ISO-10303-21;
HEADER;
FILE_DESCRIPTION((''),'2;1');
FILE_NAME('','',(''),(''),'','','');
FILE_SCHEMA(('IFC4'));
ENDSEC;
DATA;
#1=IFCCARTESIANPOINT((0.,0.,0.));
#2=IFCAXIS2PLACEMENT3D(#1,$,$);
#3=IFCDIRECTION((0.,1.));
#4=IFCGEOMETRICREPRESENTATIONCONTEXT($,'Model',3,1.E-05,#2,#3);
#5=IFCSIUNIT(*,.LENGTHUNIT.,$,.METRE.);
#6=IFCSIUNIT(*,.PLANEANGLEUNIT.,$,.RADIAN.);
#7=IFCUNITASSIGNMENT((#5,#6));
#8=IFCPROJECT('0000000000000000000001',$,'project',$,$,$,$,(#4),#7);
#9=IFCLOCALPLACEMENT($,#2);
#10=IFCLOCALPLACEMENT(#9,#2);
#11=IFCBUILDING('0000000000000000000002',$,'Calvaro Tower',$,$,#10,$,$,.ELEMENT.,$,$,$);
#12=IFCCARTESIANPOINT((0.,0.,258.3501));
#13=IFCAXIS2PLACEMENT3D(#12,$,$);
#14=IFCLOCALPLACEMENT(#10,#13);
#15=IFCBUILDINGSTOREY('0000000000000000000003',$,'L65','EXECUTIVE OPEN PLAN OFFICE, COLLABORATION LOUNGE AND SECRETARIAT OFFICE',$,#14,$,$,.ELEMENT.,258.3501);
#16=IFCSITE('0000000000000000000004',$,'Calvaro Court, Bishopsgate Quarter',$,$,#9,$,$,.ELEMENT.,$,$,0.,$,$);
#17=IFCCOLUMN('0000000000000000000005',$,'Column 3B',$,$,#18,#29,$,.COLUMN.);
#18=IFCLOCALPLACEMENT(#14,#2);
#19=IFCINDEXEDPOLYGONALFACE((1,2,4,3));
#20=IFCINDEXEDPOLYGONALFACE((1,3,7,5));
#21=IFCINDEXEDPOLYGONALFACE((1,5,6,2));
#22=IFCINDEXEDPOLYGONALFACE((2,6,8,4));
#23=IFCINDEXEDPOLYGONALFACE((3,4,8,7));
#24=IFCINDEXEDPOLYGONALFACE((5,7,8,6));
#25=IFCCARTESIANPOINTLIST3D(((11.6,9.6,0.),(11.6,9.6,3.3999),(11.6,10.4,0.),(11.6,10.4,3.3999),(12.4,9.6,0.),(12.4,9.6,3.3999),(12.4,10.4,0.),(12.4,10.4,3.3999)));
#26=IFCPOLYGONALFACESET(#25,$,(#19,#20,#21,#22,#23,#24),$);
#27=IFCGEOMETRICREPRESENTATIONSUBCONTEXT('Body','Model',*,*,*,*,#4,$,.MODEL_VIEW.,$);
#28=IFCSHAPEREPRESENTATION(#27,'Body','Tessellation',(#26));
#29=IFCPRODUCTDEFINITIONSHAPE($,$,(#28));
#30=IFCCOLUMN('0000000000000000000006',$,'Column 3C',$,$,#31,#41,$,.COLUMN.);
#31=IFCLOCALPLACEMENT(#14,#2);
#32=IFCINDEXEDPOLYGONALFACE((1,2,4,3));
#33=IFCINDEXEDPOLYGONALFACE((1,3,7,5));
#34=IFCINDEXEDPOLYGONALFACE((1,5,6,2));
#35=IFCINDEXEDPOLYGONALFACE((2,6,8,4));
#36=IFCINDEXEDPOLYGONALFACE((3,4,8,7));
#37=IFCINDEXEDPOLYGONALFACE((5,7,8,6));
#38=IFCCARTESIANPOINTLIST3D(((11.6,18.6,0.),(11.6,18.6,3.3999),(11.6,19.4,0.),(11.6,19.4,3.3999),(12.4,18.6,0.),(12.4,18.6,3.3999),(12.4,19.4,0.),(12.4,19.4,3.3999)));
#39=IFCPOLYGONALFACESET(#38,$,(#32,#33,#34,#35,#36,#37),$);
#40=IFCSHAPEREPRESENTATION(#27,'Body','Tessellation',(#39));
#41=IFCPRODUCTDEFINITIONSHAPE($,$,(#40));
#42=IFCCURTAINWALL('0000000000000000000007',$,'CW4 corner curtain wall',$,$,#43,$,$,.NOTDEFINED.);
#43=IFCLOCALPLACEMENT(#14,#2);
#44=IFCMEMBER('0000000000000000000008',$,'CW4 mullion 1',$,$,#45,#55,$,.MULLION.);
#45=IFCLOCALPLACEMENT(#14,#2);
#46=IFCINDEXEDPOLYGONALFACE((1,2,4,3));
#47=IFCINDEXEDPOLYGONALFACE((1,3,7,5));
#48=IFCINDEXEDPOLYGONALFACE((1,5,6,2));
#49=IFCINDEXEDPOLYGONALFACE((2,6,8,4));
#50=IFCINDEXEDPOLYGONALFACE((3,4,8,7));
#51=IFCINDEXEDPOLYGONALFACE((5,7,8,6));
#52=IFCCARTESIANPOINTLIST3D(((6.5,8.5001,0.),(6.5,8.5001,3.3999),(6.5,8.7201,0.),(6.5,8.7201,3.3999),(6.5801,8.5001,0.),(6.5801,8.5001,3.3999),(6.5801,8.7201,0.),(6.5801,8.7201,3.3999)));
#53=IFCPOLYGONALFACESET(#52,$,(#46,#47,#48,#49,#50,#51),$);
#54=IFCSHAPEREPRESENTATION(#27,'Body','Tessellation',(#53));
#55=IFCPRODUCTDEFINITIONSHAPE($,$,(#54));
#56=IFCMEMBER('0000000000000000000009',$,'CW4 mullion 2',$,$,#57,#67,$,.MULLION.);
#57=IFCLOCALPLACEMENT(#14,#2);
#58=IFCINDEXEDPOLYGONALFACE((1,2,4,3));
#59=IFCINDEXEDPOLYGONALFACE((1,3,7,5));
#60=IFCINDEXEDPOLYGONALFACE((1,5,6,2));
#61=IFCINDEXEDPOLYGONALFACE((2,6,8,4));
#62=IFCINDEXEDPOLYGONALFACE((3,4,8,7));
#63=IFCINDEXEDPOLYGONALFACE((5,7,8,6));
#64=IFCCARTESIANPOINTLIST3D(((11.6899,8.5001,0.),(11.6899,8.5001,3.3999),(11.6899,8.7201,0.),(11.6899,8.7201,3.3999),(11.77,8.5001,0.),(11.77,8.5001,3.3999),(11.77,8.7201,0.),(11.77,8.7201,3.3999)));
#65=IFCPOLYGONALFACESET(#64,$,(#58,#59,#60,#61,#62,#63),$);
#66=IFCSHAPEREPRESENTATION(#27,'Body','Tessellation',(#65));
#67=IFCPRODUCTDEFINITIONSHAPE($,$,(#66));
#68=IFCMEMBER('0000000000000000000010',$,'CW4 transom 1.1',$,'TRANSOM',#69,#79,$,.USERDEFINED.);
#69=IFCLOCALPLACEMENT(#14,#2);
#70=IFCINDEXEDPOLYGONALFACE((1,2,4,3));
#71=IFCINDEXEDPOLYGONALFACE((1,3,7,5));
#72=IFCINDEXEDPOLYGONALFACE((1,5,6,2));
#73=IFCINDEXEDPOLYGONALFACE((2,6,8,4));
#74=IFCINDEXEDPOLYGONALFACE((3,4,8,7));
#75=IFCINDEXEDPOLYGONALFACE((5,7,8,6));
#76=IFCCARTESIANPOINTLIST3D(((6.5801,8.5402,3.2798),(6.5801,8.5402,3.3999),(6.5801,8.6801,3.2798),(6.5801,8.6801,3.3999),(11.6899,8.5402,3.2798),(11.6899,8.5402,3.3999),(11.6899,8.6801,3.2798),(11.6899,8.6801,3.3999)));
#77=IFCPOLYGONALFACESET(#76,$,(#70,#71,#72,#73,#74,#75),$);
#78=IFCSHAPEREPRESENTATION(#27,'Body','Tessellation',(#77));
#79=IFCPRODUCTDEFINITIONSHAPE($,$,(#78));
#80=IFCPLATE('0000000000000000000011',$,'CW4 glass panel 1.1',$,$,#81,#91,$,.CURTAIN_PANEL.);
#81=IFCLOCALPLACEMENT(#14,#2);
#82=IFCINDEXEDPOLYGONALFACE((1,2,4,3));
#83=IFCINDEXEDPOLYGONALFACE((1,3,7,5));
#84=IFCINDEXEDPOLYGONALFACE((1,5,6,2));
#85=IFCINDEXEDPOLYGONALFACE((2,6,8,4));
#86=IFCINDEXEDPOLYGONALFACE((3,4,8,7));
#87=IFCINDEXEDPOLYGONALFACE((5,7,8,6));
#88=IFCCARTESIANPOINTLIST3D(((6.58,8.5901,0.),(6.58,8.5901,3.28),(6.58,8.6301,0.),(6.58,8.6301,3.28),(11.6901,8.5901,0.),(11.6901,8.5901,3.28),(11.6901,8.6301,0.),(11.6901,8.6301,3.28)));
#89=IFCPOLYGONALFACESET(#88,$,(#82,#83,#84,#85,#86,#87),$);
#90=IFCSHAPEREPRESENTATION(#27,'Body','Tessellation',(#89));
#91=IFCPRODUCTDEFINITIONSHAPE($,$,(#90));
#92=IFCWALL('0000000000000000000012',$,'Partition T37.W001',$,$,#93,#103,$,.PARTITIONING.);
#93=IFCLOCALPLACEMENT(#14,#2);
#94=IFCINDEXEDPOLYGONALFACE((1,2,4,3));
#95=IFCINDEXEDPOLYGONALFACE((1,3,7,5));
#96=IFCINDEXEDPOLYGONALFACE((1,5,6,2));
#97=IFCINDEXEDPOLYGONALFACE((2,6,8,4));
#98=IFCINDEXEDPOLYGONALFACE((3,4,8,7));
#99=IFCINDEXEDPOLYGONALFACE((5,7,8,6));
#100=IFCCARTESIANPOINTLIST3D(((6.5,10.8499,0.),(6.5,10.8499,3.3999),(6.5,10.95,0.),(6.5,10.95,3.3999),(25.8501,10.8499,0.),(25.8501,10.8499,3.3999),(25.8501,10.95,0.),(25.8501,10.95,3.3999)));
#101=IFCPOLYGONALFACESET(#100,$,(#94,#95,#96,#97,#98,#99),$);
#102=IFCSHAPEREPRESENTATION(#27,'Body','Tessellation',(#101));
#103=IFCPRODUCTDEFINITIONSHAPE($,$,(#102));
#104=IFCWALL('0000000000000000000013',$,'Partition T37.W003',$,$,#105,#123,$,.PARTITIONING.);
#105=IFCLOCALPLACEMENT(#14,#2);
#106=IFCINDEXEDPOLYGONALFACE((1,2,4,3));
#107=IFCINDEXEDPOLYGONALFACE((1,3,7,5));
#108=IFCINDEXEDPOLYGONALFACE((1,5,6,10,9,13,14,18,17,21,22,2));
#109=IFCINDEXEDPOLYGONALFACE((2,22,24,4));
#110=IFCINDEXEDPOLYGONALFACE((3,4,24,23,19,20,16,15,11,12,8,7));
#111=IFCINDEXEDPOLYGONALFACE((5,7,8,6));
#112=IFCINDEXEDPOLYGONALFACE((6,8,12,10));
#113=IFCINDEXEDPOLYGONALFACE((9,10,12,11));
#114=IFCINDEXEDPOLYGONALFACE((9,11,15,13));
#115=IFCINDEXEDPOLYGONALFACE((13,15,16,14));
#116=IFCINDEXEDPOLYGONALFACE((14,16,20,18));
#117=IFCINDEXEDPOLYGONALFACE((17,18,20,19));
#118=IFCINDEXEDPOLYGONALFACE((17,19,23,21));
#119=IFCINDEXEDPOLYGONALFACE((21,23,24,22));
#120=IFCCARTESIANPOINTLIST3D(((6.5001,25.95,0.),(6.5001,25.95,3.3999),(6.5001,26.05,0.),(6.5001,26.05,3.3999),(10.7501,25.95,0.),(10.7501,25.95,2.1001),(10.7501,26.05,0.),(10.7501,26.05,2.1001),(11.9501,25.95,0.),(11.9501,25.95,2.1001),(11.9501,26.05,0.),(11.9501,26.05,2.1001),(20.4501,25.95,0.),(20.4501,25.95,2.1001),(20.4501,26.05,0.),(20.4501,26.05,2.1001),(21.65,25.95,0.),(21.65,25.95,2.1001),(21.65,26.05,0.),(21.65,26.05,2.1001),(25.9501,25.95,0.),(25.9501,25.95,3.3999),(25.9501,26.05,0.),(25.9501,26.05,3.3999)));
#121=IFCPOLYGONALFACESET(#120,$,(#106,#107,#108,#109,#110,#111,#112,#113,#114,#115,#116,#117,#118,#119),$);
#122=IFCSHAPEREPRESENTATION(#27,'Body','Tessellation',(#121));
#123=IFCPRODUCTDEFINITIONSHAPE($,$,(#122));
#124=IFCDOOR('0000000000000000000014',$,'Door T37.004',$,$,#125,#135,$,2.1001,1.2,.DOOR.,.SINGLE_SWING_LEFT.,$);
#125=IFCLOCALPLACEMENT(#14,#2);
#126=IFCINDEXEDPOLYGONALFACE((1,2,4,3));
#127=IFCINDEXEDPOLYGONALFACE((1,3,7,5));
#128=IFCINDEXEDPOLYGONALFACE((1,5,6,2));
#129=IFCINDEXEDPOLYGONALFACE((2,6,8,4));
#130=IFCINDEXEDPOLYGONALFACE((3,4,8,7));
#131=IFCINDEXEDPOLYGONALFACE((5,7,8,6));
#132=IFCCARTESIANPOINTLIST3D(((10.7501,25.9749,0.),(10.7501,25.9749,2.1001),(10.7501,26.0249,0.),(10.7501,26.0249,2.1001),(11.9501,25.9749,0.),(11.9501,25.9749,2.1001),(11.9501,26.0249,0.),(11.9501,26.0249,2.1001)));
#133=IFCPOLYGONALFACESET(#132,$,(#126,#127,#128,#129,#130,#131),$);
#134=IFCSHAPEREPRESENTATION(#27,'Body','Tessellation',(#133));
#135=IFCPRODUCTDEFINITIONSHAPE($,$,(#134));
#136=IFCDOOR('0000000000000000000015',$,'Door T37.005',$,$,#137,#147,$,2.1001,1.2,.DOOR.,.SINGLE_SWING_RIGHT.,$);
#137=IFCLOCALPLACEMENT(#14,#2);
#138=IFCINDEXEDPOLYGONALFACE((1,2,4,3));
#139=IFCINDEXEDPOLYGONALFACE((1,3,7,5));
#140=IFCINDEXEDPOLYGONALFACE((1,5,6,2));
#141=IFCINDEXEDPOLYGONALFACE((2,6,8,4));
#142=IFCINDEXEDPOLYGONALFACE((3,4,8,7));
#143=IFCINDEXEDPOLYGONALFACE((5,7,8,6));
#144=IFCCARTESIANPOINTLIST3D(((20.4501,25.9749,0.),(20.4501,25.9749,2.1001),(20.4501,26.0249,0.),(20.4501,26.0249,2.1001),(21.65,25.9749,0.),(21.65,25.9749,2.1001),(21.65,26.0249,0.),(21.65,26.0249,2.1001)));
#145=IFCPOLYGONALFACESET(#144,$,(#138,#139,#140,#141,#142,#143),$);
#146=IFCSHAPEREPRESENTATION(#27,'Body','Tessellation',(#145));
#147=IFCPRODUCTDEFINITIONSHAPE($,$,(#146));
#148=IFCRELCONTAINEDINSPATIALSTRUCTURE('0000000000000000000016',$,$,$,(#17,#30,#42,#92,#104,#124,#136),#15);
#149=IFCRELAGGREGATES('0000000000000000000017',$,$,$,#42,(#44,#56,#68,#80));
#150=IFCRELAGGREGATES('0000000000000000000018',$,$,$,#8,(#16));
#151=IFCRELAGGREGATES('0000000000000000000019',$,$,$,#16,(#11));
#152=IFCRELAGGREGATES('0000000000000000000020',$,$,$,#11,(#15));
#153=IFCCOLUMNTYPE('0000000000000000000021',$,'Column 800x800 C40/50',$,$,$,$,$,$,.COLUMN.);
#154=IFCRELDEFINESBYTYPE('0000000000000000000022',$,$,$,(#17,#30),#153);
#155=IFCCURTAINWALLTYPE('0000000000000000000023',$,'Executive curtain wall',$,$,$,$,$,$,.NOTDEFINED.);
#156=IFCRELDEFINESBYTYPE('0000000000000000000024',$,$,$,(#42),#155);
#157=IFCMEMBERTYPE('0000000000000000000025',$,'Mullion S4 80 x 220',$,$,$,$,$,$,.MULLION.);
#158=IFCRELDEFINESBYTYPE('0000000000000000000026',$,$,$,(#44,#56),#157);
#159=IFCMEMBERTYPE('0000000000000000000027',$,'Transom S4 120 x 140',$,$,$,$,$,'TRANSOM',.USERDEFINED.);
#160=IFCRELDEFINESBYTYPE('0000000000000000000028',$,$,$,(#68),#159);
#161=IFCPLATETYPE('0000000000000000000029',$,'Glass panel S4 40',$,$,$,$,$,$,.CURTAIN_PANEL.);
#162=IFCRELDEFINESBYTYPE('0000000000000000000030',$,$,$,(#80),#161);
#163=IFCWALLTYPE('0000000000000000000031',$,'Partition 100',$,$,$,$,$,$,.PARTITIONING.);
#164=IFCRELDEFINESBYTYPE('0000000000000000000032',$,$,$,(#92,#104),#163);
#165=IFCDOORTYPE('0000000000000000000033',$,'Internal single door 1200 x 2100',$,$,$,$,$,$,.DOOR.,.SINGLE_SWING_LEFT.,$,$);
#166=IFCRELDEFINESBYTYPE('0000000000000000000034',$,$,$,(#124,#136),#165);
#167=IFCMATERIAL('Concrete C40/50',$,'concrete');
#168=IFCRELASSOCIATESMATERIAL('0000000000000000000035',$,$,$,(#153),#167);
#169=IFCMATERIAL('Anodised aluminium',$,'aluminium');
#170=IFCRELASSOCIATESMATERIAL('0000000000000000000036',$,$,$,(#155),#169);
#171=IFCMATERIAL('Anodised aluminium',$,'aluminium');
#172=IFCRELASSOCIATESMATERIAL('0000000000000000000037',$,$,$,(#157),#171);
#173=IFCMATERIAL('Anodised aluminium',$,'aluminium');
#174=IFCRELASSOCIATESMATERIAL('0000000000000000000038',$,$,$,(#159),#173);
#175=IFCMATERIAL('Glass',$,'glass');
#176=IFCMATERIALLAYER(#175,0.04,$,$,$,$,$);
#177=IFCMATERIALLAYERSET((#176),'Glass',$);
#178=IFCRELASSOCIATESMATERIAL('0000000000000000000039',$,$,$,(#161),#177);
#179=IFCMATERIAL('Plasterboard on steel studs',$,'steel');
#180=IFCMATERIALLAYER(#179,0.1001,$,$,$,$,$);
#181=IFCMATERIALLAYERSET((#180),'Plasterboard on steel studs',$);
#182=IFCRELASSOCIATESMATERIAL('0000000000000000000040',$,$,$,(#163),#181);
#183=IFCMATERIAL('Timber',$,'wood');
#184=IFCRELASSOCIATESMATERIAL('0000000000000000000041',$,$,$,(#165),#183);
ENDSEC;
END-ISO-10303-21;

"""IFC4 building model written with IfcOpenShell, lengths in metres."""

from ifc_helpers import new_model, si_unit, direction, frame, frame_2d, origin, origin_2d, place, context, subcontext, project, spatial, rectangle, extrude, material, layer, layer_set, material_profile, profile_set, type_object, element, fill, aggregate, save


model = new_model("IFC4")

# Units and contexts
model_context = context("Model", 3, precision=1e-05, world=origin(), true_north=direction((0.0, 1.0)))
body_context = subcontext(model_context, "Body", "Model", "MODEL_VIEW")
ifc_project = project(units=[si_unit("LENGTHUNIT", "METRE"), si_unit("PLANEANGLEUNIT", "RADIAN")], contexts=[model_context])

# Site, building, storey
site_placement = place(None, origin())
site = spatial("IfcSite", under=ifc_project, at=site_placement, Name="Calvaro Court, Bishopsgate Quarter", CompositionType="ELEMENT", RefElevation=0.0)
building_placement = place(site_placement, origin())
building = spatial("IfcBuilding", under=site, at=building_placement, Name="Calvaro Tower", CompositionType="ELEMENT")
storey_placement = place(building_placement, frame((0.0, 0.0, 258.3501)))
storey = spatial("IfcBuildingStorey", under=building, at=storey_placement, Name="L65", Description="EXECUTIVE OPEN PLAN OFFICE, COLLABORATION LOUNGE AND SECRETARIAT OFFICE", CompositionType="ELEMENT", Elevation=258.3501)

# Columns
ifc_material_1 = material(Name="Concrete C40/50", Category="concrete")
ifc_material_profile_1 = material_profile(ifc_material_1, rectangle(XDim=0.8, YDim=0.8, at=origin_2d()), Name="RC 800x800")
ifc_profile_set_1 = profile_set([ifc_material_profile_1], Name="Concrete C40/50")
column_type = type_object("IfcColumnType", Name="Column 800x800 C40/50", PredefinedType="COLUMN", material=ifc_profile_set_1)
for number, where, z_axis, x_axis, name in (
    (1, (12.0, 10.0, 0.0), (0.0, 0.0, 1.0), (1.0, 0.0, 0.0), "Column 3B"),
    (2, (12.0, 19.0, 0.0), (0.0, 0.0, 1.0), (1.0, 0.0, 0.0), "Column 3C"),
):
    element("IfcColumn", number, at=place(storey_placement, frame(where, z_axis=z_axis, x_axis=x_axis)), inside=storey, type_object=column_type, Name=name, PredefinedType="COLUMN", context=body_context, shape_type="SweptSolid", body=[
        extrude(rectangle(XDim=0.8, YDim=0.8, at=origin_2d()), origin(), (0.0, 0.0, 1.0), 3.3999),
    ])

# Curtain wall, members, plate
ifc_material_2 = material(Name="Anodised aluminium", Category="aluminium")
curtain_wall_type = type_object("IfcCurtainWallType", Name="Executive curtain wall", PredefinedType="NOTDEFINED", material=ifc_material_2)
curtain_wall_placement = place(storey_placement, origin())
curtain_wall = element("IfcCurtainWall", 3, at=curtain_wall_placement, inside=storey, type_object=curtain_wall_type, Name="CW4 corner curtain wall", PredefinedType="NOTDEFINED")
ifc_material_3 = material(Name="Anodised aluminium", Category="aluminium")
ifc_material_profile_2 = material_profile(ifc_material_3, rectangle(XDim=0.22, YDim=0.0801, at=origin_2d()), Name="Mullion S4 80 x 220")
ifc_profile_set_2 = profile_set([ifc_material_profile_2], Name="Anodised aluminium")
member_type_1 = type_object("IfcMemberType", Name="Mullion S4 80 x 220", PredefinedType="MULLION", material=ifc_profile_set_2)
member_1_placement = place(storey_placement, frame((6.54, 8.6101, 0.0), z_axis=(0.0, 0.0, 1.0), x_axis=(0.0, 1.0, 0.0)))
member_1 = element("IfcMember", 4, at=member_1_placement, type_object=member_type_1, Name="CW4 mullion 1", PredefinedType="MULLION", context=body_context, shape_type="SweptSolid", body=[
    extrude(rectangle(XDim=0.22, YDim=0.0801, at=origin_2d()), origin(), (0.0, 0.0, 1.0), 3.3999),
])
member_2_placement = place(storey_placement, frame((11.73, 8.6101, 0.0), z_axis=(0.0, 0.0, 1.0), x_axis=(0.0, 1.0, 0.0)))
member_2 = element("IfcMember", 5, at=member_2_placement, type_object=member_type_1, Name="CW4 mullion 2", PredefinedType="MULLION", context=body_context, shape_type="SweptSolid", body=[
    extrude(rectangle(XDim=0.22, YDim=0.0801, at=origin_2d()), origin(), (0.0, 0.0, 1.0), 3.3999),
])
ifc_material_4 = material(Name="Anodised aluminium", Category="aluminium")
ifc_material_profile_3 = material_profile(ifc_material_4, rectangle(XDim=0.1399, YDim=0.1201, at=origin_2d()), Name="Transom S4 120 x 140")
ifc_profile_set_3 = profile_set([ifc_material_profile_3], Name="Anodised aluminium")
member_type_2 = type_object("IfcMemberType", Name="Transom S4 120 x 140", ElementType="TRANSOM", PredefinedType="USERDEFINED", material=ifc_profile_set_3)
member_3_placement = place(storey_placement, frame((6.5801, 8.6101, 3.3398), z_axis=(1.0, 0.0, 0.0), x_axis=(0.0, 1.0, 0.0)))
member_3 = element("IfcMember", 6, at=member_3_placement, type_object=member_type_2, Name="CW4 transom 1.1", ObjectType="TRANSOM", PredefinedType="USERDEFINED", context=body_context, shape_type="SweptSolid", body=[
    extrude(rectangle(XDim=0.1399, YDim=0.1201, at=origin_2d()), origin(), (0.0, 0.0, 1.0), 5.1099),
])
ifc_material_5 = material(Name="Glass", Category="glass")
ifc_layer_1 = layer(ifc_material_5, 0.04)
ifc_layer_set_1 = layer_set([ifc_layer_1], Name="Glass")
plate_type = type_object("IfcPlateType", Name="Glass panel S4 40", PredefinedType="CURTAIN_PANEL", material=ifc_layer_set_1)
plate_placement = place(storey_placement, frame((9.135, 8.6101, 0.0), z_axis=(0.0, 0.0, 1.0), x_axis=(1.0, 0.0, 0.0)))
plate = element("IfcPlate", 7, at=plate_placement, type_object=plate_type, Name="CW4 glass panel 1.1", PredefinedType="CURTAIN_PANEL", context=body_context, shape_type="SweptSolid", body=[
    extrude(rectangle(XDim=5.1101, YDim=0.04, at=origin_2d()), origin(), (0.0, 0.0, 1.0), 3.28),
])
aggregate(curtain_wall, [member_1, member_2, member_3, plate])

# Wall
ifc_material_6 = material(Name="Plasterboard on steel studs", Category="steel")
ifc_layer_2 = layer(ifc_material_6, 0.1001)
ifc_layer_set_2 = layer_set([ifc_layer_2], Name="Plasterboard on steel studs")
wall_type = type_object("IfcWallType", Name="Partition 100", PredefinedType="PARTITIONING", material=ifc_layer_set_2)
wall_1_placement = place(storey_placement, frame((6.5, 10.8999, 0.0), z_axis=(0.0, 0.0, 1.0), x_axis=(1.0, 0.0, 0.0)))
element("IfcWall", 8, at=wall_1_placement, inside=storey, type_object=wall_type, Name="Partition T37.W001", PredefinedType="PARTITIONING", context=body_context, shape_type="SweptSolid", body=[
    extrude(rectangle(XDim=19.3501, YDim=0.1001, at=frame_2d((9.675, 0.0))), origin(), (0.0, 0.0, 1.0), 3.3999),
])

# Wall, openings, doors
wall_2_placement = place(storey_placement, frame((6.5, 26.0, 0.0), z_axis=(0.0, 0.0, 1.0), x_axis=(1.0, 0.0, 0.0)))
wall_2 = element("IfcWall", 9, at=wall_2_placement, inside=storey, type_object=wall_type, Name="Partition T37.W003", PredefinedType="PARTITIONING", context=body_context, shape_type="SweptSolid", body=[
    extrude(rectangle(XDim=19.45, YDim=0.1001, at=frame_2d((9.7251, 0.0))), origin(), (0.0, 0.0, 1.0), 3.3999),
])
opening_1_placement = place(wall_2_placement, frame((4.25, 0.0, 0.0)))
opening_1 = element("IfcOpeningElement", 10, at=opening_1_placement, cuts=wall_2, PredefinedType="OPENING", context=body_context, shape_type="SweptSolid", body=[
    extrude(rectangle(XDim=1.2, YDim=2.1001, at=frame_2d((0.6001, 1.05))), frame((0.0, 0.0601, 0.0), z_axis=(0.0, -1.0, 0.0), x_axis=(1.0, 0.0, 0.0)), (0.0, 0.0, 1.0), 0.1201),
])
opening_2_placement = place(wall_2_placement, frame((13.95, 0.0, 0.0)))
opening_2 = element("IfcOpeningElement", 11, at=opening_2_placement, cuts=wall_2, PredefinedType="OPENING", context=body_context, shape_type="SweptSolid", body=[
    extrude(rectangle(XDim=1.2, YDim=2.1001, at=frame_2d((0.6001, 1.05))), frame((0.0, 0.0601, 0.0), z_axis=(0.0, -1.0, 0.0), x_axis=(1.0, 0.0, 0.0)), (0.0, 0.0, 1.0), 0.1201),
])
ifc_material_7 = material(Name="Timber", Category="wood")
door_type = type_object("IfcDoorType", Name="Internal single door 1200 x 2100", OperationType="SINGLE_SWING_LEFT", PredefinedType="DOOR", material=ifc_material_7)
door_1_placement = place(opening_1_placement, origin())
door_1 = element("IfcDoor", 12, at=door_1_placement, inside=storey, type_object=door_type, Name="Door T37.004", OperationType="SINGLE_SWING_LEFT", OverallHeight=2.1001, OverallWidth=1.2, PredefinedType="DOOR", context=body_context, shape_type="SweptSolid", body=[
    extrude(rectangle(XDim=1.2, YDim=2.1001, at=frame_2d((0.6001, 1.05))), frame((0.0, 0.0249, 0.0), z_axis=(0.0, -1.0, 0.0), x_axis=(1.0, 0.0, 0.0)), (0.0, 0.0, 1.0), 0.05),
])
fill(opening_1, door_1)
door_2_placement = place(opening_2_placement, origin())
door_2 = element("IfcDoor", 13, at=door_2_placement, inside=storey, type_object=door_type, Name="Door T37.005", OperationType="SINGLE_SWING_RIGHT", OverallHeight=2.1001, OverallWidth=1.2, PredefinedType="DOOR", context=body_context, shape_type="SweptSolid", body=[
    extrude(rectangle(XDim=1.2, YDim=2.1001, at=frame_2d((0.6001, 1.05))), frame((0.0, 0.0249, 0.0), z_axis=(0.0, -1.0, 0.0), x_axis=(1.0, 0.0, 0.0)), (0.0, 0.0, 1.0), 0.05),
])
fill(opening_2, door_2)

save(model, "model.ifc")
